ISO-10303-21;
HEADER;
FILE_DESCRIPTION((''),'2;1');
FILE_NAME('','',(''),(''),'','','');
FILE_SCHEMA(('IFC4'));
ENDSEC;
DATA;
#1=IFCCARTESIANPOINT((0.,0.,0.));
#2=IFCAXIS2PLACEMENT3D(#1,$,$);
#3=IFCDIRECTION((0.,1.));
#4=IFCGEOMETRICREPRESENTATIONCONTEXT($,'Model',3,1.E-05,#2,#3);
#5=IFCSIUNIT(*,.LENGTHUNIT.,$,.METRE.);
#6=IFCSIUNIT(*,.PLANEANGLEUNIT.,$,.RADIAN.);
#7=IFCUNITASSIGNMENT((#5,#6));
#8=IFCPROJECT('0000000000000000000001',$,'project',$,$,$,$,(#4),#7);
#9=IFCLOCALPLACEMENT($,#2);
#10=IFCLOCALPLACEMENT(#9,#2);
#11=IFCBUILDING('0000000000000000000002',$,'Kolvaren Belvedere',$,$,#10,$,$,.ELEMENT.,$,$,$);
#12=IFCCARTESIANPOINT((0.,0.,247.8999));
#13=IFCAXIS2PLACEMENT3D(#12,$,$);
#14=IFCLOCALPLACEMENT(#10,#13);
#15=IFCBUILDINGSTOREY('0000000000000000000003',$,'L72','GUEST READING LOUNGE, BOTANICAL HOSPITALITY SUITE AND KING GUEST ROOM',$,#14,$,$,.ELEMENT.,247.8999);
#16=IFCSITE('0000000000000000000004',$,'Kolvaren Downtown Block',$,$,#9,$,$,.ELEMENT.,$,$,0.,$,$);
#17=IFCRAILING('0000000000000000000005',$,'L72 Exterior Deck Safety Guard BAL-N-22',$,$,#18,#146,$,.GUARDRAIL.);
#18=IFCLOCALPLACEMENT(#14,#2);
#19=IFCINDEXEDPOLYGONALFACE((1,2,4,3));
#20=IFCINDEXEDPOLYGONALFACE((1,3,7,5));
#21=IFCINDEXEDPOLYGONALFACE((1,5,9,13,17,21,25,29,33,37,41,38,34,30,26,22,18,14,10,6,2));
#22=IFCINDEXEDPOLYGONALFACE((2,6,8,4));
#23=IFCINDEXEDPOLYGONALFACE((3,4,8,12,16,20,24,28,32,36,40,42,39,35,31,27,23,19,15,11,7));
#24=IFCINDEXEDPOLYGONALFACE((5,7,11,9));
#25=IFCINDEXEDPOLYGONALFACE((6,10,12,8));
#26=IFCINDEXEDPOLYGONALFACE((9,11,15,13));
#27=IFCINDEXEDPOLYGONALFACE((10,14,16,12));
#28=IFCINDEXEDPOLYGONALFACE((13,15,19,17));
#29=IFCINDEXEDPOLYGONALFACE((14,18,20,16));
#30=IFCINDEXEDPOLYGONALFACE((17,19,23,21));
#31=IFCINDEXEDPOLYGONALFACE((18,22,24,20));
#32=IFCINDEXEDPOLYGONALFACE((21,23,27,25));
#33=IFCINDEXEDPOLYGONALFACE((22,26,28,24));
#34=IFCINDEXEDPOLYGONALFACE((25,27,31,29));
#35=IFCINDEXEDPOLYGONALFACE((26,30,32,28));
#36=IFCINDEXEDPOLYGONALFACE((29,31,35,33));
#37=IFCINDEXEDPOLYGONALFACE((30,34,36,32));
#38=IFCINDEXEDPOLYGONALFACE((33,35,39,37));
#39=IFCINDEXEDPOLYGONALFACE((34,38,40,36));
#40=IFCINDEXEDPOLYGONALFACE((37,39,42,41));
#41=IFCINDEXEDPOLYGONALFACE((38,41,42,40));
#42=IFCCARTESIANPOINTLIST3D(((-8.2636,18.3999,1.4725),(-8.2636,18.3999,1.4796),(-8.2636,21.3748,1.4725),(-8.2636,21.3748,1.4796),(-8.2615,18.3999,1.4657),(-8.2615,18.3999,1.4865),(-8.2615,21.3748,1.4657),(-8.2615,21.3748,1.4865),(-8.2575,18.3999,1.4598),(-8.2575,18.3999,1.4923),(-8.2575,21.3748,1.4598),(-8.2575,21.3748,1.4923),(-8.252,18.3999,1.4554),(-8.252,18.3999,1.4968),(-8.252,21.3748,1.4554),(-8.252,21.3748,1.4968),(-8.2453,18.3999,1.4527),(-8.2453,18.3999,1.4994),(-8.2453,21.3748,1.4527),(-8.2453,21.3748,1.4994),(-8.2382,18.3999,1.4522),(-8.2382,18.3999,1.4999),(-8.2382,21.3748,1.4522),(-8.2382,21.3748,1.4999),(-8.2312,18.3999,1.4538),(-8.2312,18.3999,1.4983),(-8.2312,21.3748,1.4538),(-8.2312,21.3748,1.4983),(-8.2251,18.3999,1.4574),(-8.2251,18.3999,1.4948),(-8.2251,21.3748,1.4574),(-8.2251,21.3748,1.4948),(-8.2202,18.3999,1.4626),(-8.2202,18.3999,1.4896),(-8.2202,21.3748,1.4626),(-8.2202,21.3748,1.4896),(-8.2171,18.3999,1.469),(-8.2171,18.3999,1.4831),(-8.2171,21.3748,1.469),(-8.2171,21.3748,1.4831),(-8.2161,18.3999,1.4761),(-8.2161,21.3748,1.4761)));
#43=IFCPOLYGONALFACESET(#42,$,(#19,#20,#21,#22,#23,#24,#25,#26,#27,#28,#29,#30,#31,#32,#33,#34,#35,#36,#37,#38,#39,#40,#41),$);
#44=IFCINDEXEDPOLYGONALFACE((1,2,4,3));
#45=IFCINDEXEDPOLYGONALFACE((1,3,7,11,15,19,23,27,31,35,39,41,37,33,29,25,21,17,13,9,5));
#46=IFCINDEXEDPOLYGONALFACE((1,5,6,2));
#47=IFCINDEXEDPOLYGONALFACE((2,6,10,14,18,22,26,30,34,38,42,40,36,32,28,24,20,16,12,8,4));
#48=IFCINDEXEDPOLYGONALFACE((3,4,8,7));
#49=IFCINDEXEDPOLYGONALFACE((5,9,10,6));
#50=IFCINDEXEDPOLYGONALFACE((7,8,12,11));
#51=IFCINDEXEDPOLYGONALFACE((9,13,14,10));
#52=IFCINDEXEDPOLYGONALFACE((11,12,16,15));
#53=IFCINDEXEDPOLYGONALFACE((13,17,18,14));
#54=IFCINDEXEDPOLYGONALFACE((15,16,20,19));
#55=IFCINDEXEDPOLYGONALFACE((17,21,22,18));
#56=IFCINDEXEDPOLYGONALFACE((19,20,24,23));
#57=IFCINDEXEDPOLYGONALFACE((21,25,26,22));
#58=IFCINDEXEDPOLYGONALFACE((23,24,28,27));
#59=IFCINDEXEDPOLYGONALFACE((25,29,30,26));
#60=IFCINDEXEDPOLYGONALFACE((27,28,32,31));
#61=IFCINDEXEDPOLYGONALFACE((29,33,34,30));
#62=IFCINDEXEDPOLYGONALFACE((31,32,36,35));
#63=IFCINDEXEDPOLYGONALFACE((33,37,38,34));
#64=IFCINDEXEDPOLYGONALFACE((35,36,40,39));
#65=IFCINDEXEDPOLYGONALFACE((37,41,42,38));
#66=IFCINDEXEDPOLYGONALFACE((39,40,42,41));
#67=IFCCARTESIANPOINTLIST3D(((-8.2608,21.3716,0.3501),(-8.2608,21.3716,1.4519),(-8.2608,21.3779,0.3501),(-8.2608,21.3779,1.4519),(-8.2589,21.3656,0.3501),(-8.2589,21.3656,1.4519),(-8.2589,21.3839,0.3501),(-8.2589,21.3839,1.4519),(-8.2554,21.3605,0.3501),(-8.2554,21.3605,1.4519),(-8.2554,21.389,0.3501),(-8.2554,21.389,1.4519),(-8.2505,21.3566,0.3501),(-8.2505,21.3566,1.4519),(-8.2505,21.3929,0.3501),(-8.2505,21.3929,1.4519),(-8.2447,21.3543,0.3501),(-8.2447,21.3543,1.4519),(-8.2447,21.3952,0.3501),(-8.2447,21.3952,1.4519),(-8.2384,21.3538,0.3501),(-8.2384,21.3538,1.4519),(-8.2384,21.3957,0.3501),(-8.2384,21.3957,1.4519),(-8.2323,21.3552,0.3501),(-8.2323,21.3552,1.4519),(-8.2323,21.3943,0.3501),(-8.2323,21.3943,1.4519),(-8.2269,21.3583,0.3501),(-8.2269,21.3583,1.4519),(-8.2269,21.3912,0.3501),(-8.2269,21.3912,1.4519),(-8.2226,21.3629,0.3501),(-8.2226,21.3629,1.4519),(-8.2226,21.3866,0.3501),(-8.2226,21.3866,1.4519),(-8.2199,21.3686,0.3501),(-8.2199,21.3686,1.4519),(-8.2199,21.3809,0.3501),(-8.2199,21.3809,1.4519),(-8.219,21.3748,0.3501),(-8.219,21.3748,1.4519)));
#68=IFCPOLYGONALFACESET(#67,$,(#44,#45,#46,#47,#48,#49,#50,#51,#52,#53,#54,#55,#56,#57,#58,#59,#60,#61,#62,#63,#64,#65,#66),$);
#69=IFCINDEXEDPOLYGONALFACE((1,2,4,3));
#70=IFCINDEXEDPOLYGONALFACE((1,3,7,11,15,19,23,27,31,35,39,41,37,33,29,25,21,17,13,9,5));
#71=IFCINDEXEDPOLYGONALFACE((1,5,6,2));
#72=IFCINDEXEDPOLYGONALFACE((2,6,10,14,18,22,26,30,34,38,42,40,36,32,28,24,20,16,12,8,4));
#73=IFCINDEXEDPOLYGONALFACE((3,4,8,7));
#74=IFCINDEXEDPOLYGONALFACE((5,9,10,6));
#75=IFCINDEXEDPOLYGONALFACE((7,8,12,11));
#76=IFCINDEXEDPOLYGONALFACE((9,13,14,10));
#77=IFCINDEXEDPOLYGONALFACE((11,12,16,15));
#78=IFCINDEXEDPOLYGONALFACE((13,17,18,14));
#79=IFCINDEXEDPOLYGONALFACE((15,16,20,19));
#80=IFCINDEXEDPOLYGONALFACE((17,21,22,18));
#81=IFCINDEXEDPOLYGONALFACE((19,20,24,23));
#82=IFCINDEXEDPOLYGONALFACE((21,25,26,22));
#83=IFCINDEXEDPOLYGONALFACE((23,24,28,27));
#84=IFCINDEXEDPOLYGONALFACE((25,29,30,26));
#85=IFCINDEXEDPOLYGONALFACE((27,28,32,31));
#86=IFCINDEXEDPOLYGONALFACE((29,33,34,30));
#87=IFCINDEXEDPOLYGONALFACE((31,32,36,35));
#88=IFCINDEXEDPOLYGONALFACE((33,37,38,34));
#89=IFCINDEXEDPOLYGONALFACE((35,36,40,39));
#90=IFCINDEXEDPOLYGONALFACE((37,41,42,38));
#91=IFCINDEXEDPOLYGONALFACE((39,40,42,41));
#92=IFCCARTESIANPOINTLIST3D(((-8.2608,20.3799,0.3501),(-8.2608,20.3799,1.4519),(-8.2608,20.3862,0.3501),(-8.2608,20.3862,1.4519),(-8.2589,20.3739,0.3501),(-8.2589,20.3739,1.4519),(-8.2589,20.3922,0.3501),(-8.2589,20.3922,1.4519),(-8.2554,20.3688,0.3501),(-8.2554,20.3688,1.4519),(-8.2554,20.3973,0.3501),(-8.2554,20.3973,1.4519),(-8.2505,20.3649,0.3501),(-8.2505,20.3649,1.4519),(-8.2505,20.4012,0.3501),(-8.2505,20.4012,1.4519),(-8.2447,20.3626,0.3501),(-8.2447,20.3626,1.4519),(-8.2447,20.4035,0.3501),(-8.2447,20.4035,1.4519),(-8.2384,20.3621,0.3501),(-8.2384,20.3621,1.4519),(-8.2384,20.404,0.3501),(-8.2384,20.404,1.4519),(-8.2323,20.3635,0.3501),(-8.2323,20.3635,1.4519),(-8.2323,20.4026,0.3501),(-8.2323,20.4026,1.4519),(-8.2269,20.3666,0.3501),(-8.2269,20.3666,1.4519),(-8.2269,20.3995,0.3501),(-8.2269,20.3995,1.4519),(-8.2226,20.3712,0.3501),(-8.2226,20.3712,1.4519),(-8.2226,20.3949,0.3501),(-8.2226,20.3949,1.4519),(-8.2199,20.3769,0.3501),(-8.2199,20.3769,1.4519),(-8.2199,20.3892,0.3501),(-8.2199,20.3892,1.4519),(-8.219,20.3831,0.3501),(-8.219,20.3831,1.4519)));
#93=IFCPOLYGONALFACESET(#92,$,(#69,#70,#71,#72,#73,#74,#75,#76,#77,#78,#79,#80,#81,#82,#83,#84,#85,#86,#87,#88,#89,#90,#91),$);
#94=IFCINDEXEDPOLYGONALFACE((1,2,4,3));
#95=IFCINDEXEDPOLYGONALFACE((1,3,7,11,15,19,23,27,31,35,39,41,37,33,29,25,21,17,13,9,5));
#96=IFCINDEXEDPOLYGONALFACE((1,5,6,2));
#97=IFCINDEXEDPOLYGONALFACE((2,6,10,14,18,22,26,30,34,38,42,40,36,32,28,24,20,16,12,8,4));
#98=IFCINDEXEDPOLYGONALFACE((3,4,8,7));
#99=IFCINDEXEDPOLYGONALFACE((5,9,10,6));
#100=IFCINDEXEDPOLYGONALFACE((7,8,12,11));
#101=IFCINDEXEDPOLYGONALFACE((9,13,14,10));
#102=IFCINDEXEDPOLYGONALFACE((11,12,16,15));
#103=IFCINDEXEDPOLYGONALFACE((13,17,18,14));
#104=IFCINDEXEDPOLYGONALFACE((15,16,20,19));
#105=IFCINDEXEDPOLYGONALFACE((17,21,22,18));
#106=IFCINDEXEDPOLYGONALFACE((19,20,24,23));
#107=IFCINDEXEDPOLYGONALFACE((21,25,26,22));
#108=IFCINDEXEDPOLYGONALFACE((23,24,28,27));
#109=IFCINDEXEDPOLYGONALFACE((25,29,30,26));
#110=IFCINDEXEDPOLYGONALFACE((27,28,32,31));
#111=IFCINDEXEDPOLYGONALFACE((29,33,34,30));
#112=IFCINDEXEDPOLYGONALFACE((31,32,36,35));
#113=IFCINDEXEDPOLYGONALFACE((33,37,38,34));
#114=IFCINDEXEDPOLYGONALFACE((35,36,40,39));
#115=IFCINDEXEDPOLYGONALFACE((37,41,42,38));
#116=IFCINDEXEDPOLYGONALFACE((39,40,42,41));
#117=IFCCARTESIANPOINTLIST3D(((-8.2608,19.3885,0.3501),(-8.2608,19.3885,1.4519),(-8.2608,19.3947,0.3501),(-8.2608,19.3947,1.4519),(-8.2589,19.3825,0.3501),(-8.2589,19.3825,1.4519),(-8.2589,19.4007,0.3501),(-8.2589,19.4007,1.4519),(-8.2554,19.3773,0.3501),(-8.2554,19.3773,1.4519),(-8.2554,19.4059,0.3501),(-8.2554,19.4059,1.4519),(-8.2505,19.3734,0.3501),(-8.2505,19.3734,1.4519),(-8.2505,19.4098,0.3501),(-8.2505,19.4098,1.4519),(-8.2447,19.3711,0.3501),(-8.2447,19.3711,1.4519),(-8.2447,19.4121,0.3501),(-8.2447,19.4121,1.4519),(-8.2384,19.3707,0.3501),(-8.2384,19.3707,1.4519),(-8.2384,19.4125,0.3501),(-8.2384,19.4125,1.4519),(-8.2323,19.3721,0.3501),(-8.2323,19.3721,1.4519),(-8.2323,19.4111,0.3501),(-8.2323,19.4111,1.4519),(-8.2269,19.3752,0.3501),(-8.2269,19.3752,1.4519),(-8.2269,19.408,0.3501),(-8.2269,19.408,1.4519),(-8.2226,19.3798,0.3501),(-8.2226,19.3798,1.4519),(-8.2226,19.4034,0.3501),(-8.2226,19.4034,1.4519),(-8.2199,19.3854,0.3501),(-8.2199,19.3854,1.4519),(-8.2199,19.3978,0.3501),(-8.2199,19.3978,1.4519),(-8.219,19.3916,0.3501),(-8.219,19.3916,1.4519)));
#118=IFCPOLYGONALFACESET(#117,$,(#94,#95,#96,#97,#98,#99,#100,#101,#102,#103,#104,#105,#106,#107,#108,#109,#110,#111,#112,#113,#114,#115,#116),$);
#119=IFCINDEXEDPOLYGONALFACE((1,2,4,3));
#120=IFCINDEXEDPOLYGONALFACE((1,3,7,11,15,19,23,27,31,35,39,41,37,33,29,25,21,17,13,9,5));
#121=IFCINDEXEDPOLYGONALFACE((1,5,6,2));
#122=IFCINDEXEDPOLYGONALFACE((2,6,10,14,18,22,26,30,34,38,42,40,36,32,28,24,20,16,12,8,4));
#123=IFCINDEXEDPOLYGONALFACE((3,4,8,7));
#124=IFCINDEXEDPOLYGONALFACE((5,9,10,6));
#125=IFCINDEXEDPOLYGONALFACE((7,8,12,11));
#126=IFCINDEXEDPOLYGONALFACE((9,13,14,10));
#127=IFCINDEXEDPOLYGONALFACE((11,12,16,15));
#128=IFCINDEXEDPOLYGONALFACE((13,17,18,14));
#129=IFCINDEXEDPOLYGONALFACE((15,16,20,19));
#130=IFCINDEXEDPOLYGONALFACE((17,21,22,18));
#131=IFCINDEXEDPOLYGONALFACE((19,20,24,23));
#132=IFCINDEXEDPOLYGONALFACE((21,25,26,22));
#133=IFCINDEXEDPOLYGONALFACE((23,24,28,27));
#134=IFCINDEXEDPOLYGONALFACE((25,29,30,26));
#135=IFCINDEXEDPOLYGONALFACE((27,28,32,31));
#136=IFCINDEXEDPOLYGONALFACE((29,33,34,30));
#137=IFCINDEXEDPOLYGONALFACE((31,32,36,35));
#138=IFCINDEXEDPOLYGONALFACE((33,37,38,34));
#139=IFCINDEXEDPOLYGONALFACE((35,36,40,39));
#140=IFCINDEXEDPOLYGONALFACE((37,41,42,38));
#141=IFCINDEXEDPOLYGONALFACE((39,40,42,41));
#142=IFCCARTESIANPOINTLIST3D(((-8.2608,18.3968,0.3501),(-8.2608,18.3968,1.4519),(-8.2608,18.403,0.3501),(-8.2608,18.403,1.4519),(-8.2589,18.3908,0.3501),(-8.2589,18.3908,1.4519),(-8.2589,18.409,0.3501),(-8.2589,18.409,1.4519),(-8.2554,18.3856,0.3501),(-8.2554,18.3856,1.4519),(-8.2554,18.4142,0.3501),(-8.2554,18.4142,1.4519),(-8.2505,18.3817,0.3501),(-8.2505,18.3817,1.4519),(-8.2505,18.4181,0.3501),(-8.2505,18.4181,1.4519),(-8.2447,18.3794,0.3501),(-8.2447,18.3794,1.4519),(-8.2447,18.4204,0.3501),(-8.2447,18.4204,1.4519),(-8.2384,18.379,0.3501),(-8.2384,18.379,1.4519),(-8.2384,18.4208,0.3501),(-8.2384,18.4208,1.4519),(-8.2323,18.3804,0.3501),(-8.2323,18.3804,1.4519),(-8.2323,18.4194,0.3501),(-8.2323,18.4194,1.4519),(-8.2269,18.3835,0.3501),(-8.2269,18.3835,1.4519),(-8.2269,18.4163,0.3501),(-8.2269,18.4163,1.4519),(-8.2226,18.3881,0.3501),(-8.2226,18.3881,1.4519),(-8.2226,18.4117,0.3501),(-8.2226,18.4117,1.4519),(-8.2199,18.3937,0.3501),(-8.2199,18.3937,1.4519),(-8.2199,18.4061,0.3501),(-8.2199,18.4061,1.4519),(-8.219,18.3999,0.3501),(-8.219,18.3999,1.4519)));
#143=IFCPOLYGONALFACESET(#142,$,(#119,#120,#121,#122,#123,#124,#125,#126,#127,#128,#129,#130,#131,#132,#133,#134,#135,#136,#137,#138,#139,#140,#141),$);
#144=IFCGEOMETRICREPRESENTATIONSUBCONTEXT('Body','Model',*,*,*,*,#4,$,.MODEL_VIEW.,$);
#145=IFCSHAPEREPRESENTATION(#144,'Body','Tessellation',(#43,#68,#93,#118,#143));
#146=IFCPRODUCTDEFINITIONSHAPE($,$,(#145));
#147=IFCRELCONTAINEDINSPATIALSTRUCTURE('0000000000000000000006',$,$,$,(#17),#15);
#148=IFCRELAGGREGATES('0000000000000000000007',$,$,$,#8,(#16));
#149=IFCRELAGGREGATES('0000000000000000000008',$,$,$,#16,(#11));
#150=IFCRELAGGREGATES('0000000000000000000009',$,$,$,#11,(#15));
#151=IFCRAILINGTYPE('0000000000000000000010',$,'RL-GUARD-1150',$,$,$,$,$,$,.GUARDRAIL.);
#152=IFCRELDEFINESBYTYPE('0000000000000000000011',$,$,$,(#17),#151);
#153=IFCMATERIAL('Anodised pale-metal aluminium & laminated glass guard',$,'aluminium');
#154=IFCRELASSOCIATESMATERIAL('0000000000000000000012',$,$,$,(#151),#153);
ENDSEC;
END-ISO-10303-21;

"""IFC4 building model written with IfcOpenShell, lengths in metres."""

from ifc_helpers import new_model, si_unit, direction, frame, origin, origin_2d, place, context, subcontext, project, spatial, circle, extrude, material, type_object, element, save


model = new_model("IFC4")

# Units and contexts
model_context = context("Model", 3, precision=1e-05, world=origin(), true_north=direction((0.0, 1.0)))
body_context = subcontext(model_context, "Body", "Model", "MODEL_VIEW")
ifc_project = project(units=[si_unit("LENGTHUNIT", "METRE"), si_unit("PLANEANGLEUNIT", "RADIAN")], contexts=[model_context])

# Site, building, storey
site_placement = place(None, origin())
site = spatial("IfcSite", under=ifc_project, at=site_placement, Name="Kolvaren Downtown Block", CompositionType="ELEMENT", RefElevation=0.0)
building_placement = place(site_placement, origin())
building = spatial("IfcBuilding", under=site, at=building_placement, Name="Kolvaren Belvedere", CompositionType="ELEMENT")
storey_placement = place(building_placement, frame((0.0, 0.0, 247.8999)))
storey = spatial("IfcBuildingStorey", under=building, at=storey_placement, Name="L72", Description="GUEST READING LOUNGE, BOTANICAL HOSPITALITY SUITE AND KING GUEST ROOM", CompositionType="ELEMENT", Elevation=247.8999)

# Railing
ifc_material_1 = material(Name="Anodised pale-metal aluminium & laminated glass guard", Category="aluminium")
railing_type = type_object("IfcRailingType", Name="RL-GUARD-1150", PredefinedType="GUARDRAIL", material=ifc_material_1)
railing_1_placement = place(storey_placement, frame((-8.24, 21.3748, 0.3501)))
element("IfcRailing", 1, at=railing_1_placement, inside=storey, type_object=railing_type, Name="L72 Exterior Deck Safety Guard BAL-N-22", PredefinedType="GUARDRAIL", context=body_context, shape_type="SweptSolid", body=[
    extrude(circle(Radius=0.0239, at=origin_2d()), frame((0.0, 0.0, 1.126), z_axis=(0.0, -1.0, 0.0), x_axis=(1.0, 0.0, 0.0)), (0.0, 0.0, 1.0), 2.9749),
    extrude(circle(Radius=0.021, at=origin_2d()), origin(), (0.0, 0.0, 1.0), 1.1018),
    extrude(circle(Radius=0.021, at=origin_2d()), frame((0.0, -0.9917, 0.0)), (0.0, 0.0, 1.0), 1.1018),
    extrude(circle(Radius=0.021, at=origin_2d()), frame((0.0, -1.9832, 0.0)), (0.0, 0.0, 1.0), 1.1018),
    extrude(circle(Radius=0.021, at=origin_2d()), frame((0.0, -2.9749, 0.0)), (0.0, 0.0, 1.0), 1.1018),
])

save(model, "model.ifc")
